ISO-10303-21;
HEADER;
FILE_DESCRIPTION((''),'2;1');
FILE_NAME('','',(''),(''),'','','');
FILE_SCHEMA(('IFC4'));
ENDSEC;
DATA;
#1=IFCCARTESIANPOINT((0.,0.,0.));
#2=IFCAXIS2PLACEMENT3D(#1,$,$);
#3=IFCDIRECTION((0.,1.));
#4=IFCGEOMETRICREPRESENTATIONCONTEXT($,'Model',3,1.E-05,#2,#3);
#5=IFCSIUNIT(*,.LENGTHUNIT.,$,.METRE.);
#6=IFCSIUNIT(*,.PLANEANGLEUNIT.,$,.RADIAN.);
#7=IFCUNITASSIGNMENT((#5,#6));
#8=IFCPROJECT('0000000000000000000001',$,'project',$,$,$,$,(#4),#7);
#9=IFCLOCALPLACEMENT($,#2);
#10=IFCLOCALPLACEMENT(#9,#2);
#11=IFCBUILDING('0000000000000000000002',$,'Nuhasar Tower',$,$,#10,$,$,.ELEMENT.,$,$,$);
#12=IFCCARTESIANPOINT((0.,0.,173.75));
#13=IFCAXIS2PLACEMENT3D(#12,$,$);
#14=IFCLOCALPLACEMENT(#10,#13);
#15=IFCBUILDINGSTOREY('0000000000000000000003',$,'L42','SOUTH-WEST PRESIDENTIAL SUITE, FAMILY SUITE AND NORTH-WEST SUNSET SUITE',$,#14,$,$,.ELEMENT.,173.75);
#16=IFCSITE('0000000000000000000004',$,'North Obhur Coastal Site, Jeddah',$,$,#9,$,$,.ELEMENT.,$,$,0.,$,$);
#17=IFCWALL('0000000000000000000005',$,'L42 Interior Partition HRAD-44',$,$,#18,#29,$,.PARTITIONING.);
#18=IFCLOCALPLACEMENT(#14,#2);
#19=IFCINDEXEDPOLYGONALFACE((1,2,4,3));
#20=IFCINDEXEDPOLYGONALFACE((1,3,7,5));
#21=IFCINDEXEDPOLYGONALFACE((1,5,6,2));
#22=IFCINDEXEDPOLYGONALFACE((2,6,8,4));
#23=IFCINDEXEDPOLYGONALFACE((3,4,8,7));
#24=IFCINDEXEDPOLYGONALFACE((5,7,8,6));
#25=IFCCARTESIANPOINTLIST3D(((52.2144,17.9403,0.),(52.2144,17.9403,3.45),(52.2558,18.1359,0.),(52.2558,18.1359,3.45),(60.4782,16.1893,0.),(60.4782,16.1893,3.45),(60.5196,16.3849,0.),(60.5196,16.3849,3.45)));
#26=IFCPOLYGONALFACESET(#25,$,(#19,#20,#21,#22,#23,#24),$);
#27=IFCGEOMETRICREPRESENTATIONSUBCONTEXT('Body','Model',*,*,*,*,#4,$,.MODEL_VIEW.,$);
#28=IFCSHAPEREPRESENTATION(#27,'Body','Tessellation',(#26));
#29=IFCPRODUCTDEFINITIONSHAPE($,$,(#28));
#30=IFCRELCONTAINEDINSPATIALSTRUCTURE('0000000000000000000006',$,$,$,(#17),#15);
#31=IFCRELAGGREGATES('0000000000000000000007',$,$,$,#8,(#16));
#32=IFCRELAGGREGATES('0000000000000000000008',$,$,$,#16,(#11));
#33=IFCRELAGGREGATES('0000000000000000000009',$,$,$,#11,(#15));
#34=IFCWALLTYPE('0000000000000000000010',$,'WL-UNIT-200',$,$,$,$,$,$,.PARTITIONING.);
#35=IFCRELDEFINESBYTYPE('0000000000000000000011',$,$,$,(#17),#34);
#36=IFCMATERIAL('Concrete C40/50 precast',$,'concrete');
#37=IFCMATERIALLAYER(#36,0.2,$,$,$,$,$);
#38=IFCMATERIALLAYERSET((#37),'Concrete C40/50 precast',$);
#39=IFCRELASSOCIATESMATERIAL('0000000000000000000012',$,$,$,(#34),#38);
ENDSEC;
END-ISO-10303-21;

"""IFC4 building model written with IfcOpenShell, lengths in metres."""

from ifc_helpers import new_model, si_unit, direction, frame, frame_2d, origin, place, context, subcontext, project, spatial, rectangle, extrude, material, layer, layer_set, type_object, element, save


model = new_model("IFC4")

# Units and contexts
model_context = context("Model", 3, precision=1e-05, world=origin(), true_north=direction((0.0, 1.0)))
body_context = subcontext(model_context, "Body", "Model", "MODEL_VIEW")
ifc_project = project(units=[si_unit("LENGTHUNIT", "METRE"), si_unit("PLANEANGLEUNIT", "RADIAN")], contexts=[model_context])

# Site, building, storey
site_placement = place(None, origin())
site = spatial("IfcSite", under=ifc_project, at=site_placement, Name="North Obhur Coastal Site, Jeddah", CompositionType="ELEMENT", RefElevation=0.0)
building_placement = place(site_placement, origin())
building = spatial("IfcBuilding", under=site, at=building_placement, Name="Nuhasar Tower", CompositionType="ELEMENT")
storey_placement = place(building_placement, frame((0.0, 0.0, 173.75)))
storey = spatial("IfcBuildingStorey", under=building, at=storey_placement, Name="L42", Description="SOUTH-WEST PRESIDENTIAL SUITE, FAMILY SUITE AND NORTH-WEST SUNSET SUITE", CompositionType="ELEMENT", Elevation=173.75)

# Wall
ifc_material_1 = material(Name="Concrete C40/50 precast", Category="concrete")
ifc_layer_1 = layer(ifc_material_1, 0.2)
ifc_layer_set_1 = layer_set([ifc_layer_1], Name="Concrete C40/50 precast")
wall_type_1 = type_object("IfcWallType", Name="WL-UNIT-200", PredefinedType="PARTITIONING", material=ifc_layer_set_1)
wall_1_placement = place(storey_placement, frame((52.2351, 18.0381, 0.0), z_axis=(0.0, 0.0, 1.0), x_axis=(0.978282, -0.20728, 0.0)))
element("IfcWall", 1, at=wall_1_placement, inside=storey, type_object=wall_type_1, Name="L42 Interior Partition HRAD-44", PredefinedType="PARTITIONING", context=body_context, shape_type="SweptSolid", body=[
    extrude(rectangle(XDim=8.4473, YDim=0.2, at=frame_2d((4.2236, 0.0))), origin(), (0.0, 0.0, 1.0), 3.45),
])

save(model, "model.ifc")
